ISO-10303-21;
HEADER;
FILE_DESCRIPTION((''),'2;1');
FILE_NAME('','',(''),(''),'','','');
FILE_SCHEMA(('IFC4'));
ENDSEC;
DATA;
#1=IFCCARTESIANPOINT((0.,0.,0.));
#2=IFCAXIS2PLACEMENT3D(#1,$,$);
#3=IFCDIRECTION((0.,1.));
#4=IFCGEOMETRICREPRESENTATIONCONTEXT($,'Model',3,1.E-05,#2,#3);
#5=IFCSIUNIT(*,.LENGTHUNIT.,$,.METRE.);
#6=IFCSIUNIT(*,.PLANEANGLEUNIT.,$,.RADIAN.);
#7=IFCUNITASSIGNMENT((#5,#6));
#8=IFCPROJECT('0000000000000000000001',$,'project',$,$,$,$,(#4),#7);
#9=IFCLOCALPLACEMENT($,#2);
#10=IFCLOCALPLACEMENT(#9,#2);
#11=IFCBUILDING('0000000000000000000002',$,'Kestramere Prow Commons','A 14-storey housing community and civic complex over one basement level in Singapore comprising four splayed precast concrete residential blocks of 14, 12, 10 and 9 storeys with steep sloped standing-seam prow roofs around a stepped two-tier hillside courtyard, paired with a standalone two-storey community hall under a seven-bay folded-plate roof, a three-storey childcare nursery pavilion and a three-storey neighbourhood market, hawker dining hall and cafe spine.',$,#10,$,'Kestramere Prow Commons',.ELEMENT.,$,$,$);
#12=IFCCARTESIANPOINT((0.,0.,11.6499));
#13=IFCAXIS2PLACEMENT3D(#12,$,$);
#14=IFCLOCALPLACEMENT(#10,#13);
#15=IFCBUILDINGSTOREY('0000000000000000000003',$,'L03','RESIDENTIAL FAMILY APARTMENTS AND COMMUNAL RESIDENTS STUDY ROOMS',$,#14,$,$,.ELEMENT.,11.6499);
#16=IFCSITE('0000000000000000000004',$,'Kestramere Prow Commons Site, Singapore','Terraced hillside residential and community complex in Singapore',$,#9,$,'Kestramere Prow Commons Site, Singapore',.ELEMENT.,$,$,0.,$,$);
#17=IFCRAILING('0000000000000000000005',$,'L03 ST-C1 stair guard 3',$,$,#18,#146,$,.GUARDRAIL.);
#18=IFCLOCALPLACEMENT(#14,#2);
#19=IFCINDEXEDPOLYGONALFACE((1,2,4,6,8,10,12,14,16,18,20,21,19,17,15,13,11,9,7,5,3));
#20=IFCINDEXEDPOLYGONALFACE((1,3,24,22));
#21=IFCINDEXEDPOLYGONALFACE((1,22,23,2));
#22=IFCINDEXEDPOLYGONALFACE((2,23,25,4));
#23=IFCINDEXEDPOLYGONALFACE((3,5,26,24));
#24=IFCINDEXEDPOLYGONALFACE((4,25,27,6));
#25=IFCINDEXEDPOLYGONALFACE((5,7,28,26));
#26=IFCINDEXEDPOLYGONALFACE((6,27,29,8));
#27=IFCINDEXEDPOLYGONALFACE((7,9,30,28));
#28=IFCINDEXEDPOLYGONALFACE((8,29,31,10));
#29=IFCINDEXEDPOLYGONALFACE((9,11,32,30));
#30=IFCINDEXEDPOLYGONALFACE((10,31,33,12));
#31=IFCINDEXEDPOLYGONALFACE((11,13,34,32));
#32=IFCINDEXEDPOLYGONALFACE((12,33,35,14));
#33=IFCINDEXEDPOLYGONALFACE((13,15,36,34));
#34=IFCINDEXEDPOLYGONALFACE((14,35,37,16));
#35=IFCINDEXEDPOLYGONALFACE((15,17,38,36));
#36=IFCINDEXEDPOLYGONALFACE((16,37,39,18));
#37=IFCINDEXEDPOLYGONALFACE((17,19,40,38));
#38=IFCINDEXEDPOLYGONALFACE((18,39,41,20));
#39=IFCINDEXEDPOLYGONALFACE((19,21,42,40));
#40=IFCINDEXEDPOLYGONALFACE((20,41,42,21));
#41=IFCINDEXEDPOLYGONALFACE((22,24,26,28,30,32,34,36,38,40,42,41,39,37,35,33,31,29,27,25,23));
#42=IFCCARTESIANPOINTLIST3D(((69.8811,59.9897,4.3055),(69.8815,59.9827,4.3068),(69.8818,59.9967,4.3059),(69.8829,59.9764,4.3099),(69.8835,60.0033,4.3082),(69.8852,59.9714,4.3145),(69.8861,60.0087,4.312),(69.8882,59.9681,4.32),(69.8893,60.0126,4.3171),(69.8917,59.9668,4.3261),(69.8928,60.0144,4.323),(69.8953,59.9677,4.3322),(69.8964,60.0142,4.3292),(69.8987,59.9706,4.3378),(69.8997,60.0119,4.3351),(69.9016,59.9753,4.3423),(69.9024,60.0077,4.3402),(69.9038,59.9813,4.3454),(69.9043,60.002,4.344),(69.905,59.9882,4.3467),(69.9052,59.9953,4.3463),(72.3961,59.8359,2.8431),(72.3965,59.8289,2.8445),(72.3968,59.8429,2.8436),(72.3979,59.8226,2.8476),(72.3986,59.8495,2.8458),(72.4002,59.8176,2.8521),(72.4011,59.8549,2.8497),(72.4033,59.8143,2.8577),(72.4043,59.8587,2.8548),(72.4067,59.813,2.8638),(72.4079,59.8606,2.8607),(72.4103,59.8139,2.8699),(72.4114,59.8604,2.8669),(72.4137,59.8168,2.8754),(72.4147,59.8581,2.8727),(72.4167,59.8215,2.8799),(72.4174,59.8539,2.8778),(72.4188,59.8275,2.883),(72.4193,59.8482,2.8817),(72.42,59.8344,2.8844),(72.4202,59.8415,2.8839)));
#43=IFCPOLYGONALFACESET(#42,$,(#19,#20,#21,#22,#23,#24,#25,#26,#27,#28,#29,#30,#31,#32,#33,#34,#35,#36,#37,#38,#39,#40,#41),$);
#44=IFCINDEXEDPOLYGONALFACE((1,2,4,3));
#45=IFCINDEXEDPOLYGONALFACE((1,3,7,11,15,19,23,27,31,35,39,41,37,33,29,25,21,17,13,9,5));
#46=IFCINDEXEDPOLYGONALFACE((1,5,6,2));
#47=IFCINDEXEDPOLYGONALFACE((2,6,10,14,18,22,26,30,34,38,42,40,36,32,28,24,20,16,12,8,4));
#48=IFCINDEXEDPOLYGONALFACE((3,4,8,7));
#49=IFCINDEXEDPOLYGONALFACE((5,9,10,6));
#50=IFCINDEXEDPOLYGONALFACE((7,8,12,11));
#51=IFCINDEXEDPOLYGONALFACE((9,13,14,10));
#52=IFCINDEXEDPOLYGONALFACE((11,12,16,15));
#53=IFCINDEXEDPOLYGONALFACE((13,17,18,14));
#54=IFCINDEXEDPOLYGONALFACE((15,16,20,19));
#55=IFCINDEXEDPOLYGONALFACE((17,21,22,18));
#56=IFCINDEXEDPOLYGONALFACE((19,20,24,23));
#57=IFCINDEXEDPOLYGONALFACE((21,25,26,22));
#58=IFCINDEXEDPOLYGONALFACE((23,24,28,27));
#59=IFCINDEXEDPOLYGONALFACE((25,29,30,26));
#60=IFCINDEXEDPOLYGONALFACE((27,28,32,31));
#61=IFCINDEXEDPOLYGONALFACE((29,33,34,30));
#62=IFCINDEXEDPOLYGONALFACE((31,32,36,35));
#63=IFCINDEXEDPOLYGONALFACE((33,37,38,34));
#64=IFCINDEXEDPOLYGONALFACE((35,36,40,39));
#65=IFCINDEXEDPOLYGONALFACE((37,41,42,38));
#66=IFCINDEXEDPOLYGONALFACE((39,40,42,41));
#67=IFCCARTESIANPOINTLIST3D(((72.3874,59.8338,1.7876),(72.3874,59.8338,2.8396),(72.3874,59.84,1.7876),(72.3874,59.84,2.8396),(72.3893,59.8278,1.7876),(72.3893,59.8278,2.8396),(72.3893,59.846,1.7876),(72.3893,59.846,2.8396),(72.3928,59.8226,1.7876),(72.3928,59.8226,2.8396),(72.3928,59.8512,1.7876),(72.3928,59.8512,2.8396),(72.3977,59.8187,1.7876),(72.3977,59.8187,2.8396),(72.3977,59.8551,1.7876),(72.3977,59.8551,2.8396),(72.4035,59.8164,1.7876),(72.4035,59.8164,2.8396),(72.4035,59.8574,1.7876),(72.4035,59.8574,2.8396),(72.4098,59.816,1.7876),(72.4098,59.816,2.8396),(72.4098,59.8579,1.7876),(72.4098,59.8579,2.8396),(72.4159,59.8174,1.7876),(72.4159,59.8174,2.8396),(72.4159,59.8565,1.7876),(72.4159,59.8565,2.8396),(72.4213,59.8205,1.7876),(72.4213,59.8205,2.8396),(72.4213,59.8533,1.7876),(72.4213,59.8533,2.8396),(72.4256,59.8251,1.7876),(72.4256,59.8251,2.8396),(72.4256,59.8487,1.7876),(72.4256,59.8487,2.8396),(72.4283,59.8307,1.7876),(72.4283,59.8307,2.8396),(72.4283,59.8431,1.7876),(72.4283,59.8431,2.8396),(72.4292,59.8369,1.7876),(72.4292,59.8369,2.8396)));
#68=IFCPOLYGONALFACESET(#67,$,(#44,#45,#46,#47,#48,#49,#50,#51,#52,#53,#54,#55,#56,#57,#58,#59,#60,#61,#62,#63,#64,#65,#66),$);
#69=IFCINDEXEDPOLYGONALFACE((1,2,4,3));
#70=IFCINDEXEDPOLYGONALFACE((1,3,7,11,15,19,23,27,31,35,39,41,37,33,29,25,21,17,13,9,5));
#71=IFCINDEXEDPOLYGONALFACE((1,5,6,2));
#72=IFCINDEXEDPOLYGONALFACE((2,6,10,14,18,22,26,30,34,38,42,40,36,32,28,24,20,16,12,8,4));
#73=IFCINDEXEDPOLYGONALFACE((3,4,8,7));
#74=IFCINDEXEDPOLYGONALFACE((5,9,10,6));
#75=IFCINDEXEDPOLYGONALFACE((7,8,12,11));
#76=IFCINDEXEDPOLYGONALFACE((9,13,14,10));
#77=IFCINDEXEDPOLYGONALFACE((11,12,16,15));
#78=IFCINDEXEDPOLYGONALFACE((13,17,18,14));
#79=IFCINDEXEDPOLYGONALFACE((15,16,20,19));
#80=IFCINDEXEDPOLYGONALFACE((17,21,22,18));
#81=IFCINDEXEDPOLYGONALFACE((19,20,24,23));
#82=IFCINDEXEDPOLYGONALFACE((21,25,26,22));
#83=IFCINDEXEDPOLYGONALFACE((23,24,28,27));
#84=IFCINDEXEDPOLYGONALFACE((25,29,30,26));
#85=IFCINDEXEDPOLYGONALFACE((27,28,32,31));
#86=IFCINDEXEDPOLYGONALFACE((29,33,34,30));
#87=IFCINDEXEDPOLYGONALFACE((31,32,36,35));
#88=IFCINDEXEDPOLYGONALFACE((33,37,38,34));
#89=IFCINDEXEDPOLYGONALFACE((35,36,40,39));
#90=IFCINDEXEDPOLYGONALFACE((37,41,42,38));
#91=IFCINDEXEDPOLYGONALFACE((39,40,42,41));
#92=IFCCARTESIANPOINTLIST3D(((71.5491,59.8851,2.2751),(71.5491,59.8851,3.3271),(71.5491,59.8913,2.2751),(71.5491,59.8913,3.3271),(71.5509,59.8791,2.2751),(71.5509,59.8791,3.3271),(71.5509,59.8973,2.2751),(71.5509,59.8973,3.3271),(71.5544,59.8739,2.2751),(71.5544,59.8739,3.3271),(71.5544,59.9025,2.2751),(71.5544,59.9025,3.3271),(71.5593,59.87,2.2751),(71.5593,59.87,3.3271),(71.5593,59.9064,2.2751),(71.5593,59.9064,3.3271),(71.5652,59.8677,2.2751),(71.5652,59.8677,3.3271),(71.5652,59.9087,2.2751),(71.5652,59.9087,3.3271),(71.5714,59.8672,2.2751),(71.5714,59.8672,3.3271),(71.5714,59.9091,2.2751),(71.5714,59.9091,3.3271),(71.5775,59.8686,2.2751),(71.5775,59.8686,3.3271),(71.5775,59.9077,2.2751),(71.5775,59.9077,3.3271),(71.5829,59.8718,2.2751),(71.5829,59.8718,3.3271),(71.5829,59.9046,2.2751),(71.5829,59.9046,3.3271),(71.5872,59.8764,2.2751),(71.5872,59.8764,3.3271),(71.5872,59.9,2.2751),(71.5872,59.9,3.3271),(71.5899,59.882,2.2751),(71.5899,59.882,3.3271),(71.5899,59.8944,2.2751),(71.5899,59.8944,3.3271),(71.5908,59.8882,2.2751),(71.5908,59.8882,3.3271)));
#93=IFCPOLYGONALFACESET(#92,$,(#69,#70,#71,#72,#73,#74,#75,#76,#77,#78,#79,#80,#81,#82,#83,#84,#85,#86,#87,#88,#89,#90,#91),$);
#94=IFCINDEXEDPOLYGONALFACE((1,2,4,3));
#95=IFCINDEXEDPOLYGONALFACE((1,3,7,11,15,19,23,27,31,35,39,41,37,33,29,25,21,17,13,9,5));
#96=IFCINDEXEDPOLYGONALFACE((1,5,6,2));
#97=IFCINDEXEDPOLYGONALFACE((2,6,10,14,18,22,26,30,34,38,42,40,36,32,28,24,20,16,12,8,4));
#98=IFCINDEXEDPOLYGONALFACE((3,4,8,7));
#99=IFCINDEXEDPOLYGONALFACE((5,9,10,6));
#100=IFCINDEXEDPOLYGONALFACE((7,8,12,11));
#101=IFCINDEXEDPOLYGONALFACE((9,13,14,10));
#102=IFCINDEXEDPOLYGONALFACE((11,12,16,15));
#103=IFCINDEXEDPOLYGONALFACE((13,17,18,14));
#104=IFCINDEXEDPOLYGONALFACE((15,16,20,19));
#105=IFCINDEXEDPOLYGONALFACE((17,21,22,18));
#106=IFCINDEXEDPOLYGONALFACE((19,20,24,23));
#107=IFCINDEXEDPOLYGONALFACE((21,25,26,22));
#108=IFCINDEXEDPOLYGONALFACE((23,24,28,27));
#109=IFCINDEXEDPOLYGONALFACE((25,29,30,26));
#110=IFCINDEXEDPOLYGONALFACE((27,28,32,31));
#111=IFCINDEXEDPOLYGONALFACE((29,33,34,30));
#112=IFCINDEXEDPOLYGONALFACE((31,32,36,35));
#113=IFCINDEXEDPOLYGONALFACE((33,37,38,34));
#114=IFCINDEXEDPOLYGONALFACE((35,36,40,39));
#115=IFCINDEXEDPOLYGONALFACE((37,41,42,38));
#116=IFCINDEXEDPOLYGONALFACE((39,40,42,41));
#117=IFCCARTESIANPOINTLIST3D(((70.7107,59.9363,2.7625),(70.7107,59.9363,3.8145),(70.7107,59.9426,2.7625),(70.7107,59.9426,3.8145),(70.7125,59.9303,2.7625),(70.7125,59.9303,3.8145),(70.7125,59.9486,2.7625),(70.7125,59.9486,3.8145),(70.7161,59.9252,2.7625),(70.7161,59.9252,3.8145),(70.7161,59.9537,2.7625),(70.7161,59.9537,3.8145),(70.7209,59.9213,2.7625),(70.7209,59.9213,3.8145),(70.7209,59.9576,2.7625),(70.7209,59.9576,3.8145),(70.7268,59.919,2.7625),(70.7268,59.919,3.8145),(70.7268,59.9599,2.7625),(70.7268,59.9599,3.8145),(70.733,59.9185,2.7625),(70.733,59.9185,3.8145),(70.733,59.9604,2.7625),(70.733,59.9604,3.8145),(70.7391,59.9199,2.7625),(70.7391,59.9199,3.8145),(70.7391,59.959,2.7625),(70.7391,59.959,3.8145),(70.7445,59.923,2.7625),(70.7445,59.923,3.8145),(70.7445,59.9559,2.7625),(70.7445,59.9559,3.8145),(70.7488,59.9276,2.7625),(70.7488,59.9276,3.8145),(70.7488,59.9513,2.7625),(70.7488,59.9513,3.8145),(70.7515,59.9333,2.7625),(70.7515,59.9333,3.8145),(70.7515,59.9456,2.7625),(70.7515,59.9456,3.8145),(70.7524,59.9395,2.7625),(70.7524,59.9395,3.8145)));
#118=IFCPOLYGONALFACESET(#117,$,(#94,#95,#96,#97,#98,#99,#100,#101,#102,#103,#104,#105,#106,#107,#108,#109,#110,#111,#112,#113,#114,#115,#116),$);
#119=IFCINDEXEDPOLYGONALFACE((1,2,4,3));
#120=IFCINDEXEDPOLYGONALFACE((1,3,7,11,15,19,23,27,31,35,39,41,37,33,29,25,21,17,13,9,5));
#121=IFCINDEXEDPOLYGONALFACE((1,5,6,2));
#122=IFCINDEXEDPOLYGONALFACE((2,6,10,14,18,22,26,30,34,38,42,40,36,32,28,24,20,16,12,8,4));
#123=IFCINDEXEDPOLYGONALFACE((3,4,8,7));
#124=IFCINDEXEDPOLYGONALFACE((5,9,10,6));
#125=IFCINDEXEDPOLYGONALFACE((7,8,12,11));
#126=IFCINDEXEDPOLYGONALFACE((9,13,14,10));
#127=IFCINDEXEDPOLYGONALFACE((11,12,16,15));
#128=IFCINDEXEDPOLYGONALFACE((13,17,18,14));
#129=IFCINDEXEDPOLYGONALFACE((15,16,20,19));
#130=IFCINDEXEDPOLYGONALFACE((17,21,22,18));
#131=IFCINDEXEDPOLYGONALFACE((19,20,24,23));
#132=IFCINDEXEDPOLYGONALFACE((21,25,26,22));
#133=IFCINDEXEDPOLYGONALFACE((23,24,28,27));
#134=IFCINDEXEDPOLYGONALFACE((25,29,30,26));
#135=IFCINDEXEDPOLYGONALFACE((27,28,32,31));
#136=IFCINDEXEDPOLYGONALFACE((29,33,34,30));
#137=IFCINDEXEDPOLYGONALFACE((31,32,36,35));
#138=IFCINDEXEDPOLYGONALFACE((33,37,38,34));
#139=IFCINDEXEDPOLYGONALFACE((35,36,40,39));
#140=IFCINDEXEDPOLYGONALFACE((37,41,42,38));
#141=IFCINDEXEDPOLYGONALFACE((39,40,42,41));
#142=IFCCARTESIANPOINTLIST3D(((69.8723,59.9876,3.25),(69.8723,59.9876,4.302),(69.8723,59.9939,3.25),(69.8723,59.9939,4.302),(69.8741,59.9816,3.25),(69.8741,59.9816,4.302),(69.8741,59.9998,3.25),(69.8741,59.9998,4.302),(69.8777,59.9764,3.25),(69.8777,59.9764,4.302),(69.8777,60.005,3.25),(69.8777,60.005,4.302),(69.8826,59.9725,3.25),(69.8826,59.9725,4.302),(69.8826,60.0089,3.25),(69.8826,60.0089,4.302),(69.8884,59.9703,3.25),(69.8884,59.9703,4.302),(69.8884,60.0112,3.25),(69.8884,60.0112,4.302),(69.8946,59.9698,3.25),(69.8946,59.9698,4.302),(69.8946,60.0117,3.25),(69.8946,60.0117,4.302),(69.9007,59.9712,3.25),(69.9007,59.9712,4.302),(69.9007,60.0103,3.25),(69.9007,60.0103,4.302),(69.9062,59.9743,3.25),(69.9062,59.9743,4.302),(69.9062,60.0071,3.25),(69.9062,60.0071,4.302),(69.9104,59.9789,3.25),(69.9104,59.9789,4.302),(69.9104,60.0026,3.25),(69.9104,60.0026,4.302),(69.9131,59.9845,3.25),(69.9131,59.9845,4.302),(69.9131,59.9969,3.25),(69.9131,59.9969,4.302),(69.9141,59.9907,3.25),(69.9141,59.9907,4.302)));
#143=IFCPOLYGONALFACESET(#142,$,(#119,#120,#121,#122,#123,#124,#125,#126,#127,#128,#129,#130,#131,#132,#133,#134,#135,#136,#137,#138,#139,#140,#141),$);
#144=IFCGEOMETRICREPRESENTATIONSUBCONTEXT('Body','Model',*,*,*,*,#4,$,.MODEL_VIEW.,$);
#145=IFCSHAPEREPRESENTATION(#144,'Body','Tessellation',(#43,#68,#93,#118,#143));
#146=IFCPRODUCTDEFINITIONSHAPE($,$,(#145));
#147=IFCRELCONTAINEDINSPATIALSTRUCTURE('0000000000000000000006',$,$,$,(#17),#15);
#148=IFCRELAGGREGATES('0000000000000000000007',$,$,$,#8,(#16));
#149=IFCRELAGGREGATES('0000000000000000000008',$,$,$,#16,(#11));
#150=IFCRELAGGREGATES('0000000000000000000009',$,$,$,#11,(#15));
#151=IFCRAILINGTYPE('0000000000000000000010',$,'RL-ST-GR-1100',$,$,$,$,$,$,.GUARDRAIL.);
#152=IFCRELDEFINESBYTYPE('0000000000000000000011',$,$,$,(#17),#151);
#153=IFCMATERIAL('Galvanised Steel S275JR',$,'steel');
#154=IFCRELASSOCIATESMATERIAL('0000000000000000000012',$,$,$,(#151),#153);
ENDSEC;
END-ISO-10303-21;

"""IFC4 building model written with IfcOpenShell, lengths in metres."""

from ifc_helpers import new_model, si_unit, direction, frame, origin, origin_2d, place, context, subcontext, project, spatial, circle, extrude, material, type_object, element, save


model = new_model("IFC4")

# Units and contexts
model_context = context("Model", 3, precision=1e-05, world=origin(), true_north=direction((0.0, 1.0)))
body_context = subcontext(model_context, "Body", "Model", "MODEL_VIEW")
ifc_project = project(units=[si_unit("LENGTHUNIT", "METRE"), si_unit("PLANEANGLEUNIT", "RADIAN")], contexts=[model_context])

# Site, building, storey
site_placement = place(None, origin())
site = spatial("IfcSite", under=ifc_project, at=site_placement, Name="Kestramere Prow Commons Site, Singapore", Description="Terraced hillside residential and community complex in Singapore", LongName="Kestramere Prow Commons Site, Singapore", CompositionType="ELEMENT", RefElevation=0.0)
building_placement = place(site_placement, origin())
building = spatial("IfcBuilding", under=site, at=building_placement, Name="Kestramere Prow Commons", Description="A 14-storey housing community and civic complex over one basement level in Singapore comprising four splayed precast concrete residential blocks of 14, 12, 10 and 9 storeys with steep sloped standing-seam prow roofs around a stepped two-tier hillside courtyard, paired with a standalone two-storey community hall under a seven-bay folded-plate roof, a three-storey childcare nursery pavilion and a three-storey neighbourhood market, hawker dining hall and cafe spine.", LongName="Kestramere Prow Commons", CompositionType="ELEMENT")
storey_placement = place(building_placement, frame((0.0, 0.0, 11.6499)))
storey = spatial("IfcBuildingStorey", under=building, at=storey_placement, Name="L03", Description="RESIDENTIAL FAMILY APARTMENTS AND COMMUNAL RESIDENTS STUDY ROOMS", CompositionType="ELEMENT", Elevation=11.6499)

# Railing
ifc_material_1 = material(Name="Galvanised Steel S275JR", Category="steel")
railing_type_1 = type_object("IfcRailingType", Name="RL-ST-GR-1100", PredefinedType="GUARDRAIL", material=ifc_material_1)
railing_1_placement = place(storey_placement, frame((72.4082, 59.8369, 1.7876)))
element("IfcRailing", 1, at=railing_1_placement, inside=storey, type_object=railing_type_1, Name="L03 ST-C1 stair guard 3", PredefinedType="GUARDRAIL", context=body_context, shape_type="SweptSolid", body=[
    extrude(circle(Radius=0.0239, at=origin_2d()), frame((0.0, 0.0, 1.0762), z_axis=(-0.863285, 0.052793, 0.501949), x_axis=(-0.061039, -0.998135, 0.0)), (0.0, 0.0, 1.0), 2.9133),
    extrude(circle(Radius=0.021, at=origin_2d()), origin(), (0.0, 0.0, 1.0), 1.052),
    extrude(circle(Radius=0.021, at=origin_2d()), frame((-0.8384, 0.0513, 0.4875)), (0.0, 0.0, 1.0), 1.052),
    extrude(circle(Radius=0.021, at=origin_2d()), frame((-1.6768, 0.1025, 0.9749)), (0.0, 0.0, 1.0), 1.052),
    extrude(circle(Radius=0.021, at=origin_2d()), frame((-2.5151, 0.1538, 1.4624)), (0.0, 0.0, 1.0), 1.052),
])

save(model, "model.ifc")
